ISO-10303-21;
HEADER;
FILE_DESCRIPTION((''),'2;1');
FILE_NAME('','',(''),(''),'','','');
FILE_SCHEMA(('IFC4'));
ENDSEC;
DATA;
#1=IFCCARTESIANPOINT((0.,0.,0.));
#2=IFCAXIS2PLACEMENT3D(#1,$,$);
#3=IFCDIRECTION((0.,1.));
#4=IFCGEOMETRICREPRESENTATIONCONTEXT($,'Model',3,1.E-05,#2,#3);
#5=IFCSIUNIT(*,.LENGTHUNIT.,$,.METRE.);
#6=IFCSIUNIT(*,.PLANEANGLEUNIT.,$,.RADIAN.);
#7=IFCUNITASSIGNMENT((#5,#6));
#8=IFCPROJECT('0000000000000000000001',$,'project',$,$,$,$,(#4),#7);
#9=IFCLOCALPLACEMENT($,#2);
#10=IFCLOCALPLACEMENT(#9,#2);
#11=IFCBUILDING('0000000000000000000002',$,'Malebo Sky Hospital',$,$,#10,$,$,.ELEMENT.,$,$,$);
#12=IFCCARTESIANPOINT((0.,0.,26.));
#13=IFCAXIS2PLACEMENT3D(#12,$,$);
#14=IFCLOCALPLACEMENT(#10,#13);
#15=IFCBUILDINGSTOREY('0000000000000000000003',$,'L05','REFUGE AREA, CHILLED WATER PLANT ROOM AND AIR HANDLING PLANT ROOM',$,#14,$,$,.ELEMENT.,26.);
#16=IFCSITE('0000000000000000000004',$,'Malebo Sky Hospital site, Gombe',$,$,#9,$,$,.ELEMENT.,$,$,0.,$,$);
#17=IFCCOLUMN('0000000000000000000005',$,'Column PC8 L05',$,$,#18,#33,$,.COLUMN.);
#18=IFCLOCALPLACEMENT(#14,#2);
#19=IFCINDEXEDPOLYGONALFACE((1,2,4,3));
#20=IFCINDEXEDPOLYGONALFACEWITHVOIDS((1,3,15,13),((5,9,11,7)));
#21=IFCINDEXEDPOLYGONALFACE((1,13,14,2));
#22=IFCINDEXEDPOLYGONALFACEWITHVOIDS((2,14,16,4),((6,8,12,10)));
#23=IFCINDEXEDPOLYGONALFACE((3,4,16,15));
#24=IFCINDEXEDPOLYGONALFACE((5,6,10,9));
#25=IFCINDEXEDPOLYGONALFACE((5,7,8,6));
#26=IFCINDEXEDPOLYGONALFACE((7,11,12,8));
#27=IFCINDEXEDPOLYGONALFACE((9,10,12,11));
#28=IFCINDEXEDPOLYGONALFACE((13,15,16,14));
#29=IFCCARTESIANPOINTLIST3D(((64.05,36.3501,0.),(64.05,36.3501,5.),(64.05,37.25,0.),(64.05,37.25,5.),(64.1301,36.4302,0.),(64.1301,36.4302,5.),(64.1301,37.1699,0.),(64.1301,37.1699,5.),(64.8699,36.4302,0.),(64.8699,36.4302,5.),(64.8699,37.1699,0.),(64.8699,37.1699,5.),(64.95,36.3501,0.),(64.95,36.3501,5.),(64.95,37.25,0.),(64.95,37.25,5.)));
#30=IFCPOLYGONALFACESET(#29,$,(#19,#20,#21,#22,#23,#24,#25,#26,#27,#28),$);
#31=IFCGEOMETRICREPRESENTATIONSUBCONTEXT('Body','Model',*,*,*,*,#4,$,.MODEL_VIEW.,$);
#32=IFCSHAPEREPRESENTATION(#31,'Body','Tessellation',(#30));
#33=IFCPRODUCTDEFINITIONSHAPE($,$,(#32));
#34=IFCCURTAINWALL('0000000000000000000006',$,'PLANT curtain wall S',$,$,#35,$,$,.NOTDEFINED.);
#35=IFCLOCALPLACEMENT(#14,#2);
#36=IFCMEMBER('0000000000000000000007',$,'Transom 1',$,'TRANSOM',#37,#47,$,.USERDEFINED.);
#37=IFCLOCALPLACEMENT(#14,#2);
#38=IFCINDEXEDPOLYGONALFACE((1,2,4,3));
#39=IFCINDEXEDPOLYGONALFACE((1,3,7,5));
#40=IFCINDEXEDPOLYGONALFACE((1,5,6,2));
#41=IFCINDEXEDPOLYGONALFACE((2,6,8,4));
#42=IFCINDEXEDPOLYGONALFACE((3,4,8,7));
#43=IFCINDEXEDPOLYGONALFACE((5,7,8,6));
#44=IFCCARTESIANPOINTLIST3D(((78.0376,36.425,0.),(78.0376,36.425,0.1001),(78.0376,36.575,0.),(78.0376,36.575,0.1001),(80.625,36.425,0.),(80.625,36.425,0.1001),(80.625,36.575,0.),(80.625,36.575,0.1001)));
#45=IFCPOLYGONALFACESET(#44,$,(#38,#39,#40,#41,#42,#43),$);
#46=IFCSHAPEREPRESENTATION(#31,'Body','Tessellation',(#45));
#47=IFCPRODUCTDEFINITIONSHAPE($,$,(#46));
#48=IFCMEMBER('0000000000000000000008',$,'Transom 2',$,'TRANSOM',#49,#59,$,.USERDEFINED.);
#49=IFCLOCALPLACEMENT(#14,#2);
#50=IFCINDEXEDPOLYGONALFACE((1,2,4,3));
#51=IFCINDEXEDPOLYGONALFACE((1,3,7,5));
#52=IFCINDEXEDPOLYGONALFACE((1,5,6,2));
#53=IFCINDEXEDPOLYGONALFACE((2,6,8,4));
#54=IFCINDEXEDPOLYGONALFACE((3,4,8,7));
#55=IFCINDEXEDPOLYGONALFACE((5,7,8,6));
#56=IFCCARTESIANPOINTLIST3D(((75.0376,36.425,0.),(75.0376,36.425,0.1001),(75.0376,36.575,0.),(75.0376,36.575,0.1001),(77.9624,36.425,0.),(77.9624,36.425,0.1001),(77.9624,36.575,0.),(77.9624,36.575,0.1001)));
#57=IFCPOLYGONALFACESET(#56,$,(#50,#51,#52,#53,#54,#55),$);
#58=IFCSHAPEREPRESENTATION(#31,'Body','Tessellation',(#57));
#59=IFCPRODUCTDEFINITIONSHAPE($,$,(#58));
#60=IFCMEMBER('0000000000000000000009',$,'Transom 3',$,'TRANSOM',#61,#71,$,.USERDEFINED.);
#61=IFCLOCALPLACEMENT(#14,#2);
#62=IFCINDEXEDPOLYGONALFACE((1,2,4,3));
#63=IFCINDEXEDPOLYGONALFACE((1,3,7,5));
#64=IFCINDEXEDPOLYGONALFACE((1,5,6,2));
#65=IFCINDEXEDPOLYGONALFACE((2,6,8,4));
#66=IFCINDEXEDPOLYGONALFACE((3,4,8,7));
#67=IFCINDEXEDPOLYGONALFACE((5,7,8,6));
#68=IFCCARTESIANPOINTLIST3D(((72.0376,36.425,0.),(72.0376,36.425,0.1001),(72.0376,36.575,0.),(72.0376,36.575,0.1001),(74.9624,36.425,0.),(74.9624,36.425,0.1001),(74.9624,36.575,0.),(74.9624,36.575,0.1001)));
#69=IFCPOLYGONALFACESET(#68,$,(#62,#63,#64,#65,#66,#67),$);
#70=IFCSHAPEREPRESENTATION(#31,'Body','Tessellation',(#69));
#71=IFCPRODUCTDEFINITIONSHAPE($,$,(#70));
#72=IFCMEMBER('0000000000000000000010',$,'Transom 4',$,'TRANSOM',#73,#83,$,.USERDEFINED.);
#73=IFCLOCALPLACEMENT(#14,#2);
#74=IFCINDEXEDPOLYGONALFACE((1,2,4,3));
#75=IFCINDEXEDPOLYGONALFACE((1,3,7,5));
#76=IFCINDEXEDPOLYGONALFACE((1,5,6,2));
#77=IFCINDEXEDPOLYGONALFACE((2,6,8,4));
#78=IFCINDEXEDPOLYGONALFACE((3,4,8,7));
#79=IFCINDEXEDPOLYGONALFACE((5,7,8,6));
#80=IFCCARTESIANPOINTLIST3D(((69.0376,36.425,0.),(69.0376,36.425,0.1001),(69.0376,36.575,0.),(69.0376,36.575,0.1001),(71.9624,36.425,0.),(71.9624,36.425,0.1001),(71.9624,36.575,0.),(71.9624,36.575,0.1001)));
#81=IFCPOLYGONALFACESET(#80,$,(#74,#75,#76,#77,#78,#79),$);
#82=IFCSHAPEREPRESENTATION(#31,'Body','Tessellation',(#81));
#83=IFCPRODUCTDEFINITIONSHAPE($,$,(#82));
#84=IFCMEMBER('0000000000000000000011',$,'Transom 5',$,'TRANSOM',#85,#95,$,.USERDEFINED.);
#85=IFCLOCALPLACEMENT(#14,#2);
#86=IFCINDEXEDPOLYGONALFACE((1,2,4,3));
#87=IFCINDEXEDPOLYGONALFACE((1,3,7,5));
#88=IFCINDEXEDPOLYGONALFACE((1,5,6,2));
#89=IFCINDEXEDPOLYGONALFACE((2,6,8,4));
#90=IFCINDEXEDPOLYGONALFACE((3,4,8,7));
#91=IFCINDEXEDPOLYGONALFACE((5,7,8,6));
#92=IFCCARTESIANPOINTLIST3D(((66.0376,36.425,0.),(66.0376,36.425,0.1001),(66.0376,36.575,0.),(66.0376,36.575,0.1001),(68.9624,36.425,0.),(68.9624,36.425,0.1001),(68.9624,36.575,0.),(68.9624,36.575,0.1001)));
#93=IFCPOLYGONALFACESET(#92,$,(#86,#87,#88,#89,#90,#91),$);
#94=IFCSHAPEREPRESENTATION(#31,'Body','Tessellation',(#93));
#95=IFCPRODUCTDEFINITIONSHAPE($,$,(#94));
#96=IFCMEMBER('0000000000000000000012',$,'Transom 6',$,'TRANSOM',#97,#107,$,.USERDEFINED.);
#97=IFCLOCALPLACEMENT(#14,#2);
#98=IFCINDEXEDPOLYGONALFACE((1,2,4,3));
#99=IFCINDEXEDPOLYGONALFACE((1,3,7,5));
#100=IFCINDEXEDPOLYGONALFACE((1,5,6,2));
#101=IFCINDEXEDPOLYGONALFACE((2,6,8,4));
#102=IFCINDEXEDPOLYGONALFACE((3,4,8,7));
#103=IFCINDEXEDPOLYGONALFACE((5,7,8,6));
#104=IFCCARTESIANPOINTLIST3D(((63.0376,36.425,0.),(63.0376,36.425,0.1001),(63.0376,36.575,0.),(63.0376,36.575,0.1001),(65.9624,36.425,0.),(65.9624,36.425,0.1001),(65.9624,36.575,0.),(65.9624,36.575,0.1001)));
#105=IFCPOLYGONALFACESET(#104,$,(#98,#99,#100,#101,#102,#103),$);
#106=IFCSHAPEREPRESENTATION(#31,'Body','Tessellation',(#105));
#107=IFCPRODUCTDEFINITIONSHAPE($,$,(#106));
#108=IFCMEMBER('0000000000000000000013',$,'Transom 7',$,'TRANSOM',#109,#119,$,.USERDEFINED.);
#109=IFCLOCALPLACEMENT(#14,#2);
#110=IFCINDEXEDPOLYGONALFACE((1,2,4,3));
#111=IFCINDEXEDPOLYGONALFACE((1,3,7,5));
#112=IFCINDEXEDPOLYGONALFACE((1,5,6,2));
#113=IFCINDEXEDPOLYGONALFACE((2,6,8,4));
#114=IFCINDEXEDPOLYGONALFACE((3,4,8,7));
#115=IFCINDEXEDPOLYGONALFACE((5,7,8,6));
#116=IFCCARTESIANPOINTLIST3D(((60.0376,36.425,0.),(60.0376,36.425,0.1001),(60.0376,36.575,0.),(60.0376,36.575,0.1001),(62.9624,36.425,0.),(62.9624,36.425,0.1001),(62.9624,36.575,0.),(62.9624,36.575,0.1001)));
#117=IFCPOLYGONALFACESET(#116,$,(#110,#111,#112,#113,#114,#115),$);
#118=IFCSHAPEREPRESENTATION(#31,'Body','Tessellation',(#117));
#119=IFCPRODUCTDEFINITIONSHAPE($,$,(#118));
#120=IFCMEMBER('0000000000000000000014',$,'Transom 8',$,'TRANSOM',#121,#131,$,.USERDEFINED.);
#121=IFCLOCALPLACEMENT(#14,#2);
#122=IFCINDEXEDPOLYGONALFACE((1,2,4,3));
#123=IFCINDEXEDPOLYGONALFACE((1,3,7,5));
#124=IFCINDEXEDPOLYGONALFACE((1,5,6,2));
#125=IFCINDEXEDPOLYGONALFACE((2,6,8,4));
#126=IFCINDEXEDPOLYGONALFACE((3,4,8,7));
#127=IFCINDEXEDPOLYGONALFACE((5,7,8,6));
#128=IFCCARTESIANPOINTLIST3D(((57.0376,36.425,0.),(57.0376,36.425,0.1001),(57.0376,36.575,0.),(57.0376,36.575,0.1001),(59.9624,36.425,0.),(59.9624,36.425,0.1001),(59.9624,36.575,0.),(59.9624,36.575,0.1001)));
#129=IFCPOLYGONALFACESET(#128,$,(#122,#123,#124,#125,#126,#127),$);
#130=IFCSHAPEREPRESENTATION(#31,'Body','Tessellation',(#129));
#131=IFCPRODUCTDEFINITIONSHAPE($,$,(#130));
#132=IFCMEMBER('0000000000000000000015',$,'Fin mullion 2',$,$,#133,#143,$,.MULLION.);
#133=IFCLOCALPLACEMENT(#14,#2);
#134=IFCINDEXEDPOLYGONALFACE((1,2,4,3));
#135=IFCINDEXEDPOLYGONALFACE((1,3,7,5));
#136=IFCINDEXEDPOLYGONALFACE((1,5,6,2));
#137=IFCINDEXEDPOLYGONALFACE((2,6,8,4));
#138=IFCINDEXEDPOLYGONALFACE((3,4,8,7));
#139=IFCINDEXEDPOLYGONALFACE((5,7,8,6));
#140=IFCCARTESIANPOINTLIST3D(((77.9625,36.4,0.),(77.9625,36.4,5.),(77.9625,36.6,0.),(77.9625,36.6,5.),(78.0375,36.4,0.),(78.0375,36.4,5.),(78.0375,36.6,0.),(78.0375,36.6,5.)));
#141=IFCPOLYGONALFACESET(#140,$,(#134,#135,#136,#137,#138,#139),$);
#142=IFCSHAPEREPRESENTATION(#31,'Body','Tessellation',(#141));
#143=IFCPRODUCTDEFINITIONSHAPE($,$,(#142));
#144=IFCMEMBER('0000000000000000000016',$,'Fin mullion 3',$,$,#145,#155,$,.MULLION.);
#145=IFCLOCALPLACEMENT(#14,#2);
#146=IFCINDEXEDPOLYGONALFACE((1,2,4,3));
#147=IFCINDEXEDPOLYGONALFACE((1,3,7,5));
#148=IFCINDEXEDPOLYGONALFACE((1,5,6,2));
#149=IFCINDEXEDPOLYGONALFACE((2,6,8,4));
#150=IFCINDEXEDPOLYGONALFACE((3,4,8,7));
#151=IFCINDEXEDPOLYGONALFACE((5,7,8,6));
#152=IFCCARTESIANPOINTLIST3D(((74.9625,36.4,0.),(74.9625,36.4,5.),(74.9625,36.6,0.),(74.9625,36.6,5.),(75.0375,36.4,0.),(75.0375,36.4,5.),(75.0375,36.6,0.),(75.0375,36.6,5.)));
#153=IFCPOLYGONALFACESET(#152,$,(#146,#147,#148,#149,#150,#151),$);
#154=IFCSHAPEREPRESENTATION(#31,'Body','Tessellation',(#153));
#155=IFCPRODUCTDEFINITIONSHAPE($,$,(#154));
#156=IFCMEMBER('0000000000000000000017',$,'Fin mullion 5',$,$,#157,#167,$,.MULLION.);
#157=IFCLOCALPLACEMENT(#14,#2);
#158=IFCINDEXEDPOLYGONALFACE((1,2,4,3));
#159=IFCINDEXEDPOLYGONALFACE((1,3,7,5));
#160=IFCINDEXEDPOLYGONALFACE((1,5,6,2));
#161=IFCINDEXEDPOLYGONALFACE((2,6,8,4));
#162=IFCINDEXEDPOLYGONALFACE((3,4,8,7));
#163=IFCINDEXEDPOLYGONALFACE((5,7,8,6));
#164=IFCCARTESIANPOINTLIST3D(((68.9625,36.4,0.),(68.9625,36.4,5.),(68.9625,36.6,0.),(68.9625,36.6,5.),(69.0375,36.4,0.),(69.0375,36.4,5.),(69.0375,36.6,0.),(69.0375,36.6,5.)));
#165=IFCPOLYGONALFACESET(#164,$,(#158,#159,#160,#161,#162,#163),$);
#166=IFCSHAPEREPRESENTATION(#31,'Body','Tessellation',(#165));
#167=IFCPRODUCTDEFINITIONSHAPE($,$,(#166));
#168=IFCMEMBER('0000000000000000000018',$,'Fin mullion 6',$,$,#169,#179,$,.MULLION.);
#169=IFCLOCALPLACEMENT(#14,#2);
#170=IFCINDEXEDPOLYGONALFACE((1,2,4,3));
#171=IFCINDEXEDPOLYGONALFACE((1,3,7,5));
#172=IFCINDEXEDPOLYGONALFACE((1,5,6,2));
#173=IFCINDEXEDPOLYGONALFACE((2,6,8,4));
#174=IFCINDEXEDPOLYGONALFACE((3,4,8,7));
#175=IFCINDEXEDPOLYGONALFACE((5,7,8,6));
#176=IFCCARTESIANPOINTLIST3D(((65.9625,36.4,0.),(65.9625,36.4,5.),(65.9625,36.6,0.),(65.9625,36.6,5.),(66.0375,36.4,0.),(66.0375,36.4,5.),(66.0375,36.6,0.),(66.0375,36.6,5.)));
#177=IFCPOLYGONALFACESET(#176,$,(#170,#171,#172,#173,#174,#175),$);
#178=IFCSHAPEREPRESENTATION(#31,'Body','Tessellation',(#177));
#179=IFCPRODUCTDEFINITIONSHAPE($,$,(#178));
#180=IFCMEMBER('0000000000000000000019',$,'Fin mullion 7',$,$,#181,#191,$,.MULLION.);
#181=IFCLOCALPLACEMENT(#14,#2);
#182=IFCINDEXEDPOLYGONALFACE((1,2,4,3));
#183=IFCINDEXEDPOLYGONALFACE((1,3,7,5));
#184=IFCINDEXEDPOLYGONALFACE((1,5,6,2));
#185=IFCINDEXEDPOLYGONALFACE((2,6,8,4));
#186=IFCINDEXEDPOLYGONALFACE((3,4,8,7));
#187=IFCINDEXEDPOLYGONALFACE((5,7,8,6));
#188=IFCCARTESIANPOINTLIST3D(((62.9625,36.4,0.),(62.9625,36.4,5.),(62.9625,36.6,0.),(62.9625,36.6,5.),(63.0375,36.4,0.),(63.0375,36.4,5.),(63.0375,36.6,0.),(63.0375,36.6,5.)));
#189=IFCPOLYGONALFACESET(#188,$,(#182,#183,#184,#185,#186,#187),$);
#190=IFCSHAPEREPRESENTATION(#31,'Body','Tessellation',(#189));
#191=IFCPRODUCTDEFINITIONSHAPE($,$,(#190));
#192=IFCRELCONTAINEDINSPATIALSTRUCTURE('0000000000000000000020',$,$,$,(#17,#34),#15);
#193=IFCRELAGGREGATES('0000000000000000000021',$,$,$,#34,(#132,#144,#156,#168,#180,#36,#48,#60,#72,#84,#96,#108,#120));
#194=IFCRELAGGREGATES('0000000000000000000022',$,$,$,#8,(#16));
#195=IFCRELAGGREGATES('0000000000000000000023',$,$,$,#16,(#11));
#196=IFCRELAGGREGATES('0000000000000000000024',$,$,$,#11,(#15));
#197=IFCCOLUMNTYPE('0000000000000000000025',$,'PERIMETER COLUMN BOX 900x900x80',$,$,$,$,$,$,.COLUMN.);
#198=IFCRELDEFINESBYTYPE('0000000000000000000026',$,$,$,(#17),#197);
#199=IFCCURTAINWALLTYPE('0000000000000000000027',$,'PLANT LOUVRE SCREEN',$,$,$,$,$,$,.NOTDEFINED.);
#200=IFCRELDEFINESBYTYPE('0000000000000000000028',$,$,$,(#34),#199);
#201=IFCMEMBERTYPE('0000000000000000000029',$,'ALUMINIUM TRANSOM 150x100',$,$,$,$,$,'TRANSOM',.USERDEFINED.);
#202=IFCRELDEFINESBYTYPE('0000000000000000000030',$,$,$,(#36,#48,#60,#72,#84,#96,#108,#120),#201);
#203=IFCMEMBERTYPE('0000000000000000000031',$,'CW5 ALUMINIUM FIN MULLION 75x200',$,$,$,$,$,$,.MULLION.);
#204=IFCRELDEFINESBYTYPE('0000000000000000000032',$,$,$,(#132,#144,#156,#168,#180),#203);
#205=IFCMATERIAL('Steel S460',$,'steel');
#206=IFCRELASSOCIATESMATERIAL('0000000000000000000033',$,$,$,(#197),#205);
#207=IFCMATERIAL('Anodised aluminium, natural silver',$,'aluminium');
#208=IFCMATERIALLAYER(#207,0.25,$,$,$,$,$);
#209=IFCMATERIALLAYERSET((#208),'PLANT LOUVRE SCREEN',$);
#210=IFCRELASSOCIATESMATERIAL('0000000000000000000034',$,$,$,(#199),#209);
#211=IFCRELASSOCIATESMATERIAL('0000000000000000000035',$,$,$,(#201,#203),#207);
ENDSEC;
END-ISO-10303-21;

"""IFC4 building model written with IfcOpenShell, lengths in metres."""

from ifc_helpers import new_model, si_unit, direction, frame, origin, origin_2d, place, context, subcontext, project, spatial, rectangle, hollow_rectangle, extrude, material, layer, layer_set, material_profile, profile_set, type_object, element, aggregate, save


model = new_model("IFC4")

# Units and contexts
model_context = context("Model", 3, precision=1e-05, world=origin(), true_north=direction((0.0, 1.0)))
body_context = subcontext(model_context, "Body", "Model", "MODEL_VIEW")
ifc_project = project(units=[si_unit("LENGTHUNIT", "METRE"), si_unit("PLANEANGLEUNIT", "RADIAN")], contexts=[model_context])

# Site, building, storey
site_placement = place(None, origin())
site = spatial("IfcSite", under=ifc_project, at=site_placement, Name="Malebo Sky Hospital site, Gombe", CompositionType="ELEMENT", RefElevation=0.0)
building_placement = place(site_placement, origin())
building = spatial("IfcBuilding", under=site, at=building_placement, Name="Malebo Sky Hospital", CompositionType="ELEMENT")
storey_placement = place(building_placement, frame((0.0, 0.0, 26.0)))
storey = spatial("IfcBuildingStorey", under=building, at=storey_placement, Name="L05", Description="REFUGE AREA, CHILLED WATER PLANT ROOM AND AIR HANDLING PLANT ROOM", CompositionType="ELEMENT", Elevation=26.0)

# Column
ifc_material_1 = material(Name="Steel S460", Category="steel")
ifc_material_profile_1 = material_profile(ifc_material_1, hollow_rectangle(XDim=0.8999, YDim=0.8999, WallThickness=0.0801, at=origin_2d()), Name="BOX 900x900x80")
ifc_profile_set_1 = profile_set([ifc_material_profile_1], Name="Steel S460")
column_type = type_object("IfcColumnType", Name="PERIMETER COLUMN BOX 900x900x80", PredefinedType="COLUMN", material=ifc_profile_set_1)
column_placement = place(storey_placement, frame((64.5, 36.8, 0.0), z_axis=(0.0, 0.0, 1.0), x_axis=(1.0, 0.0, 0.0)))
element("IfcColumn", 1, at=column_placement, inside=storey, type_object=column_type, Name="Column PC8 L05", PredefinedType="COLUMN", context=body_context, shape_type="SweptSolid", body=[
    extrude(hollow_rectangle(XDim=0.8999, YDim=0.8999, WallThickness=0.0801, at=origin_2d()), origin(), (0.0, 0.0, 1.0), 5.0),
])

# Curtain wall, members
ifc_material_2 = material(Name="Anodised aluminium, natural silver", Category="aluminium")
ifc_layer_1 = layer(ifc_material_2, 0.25)
ifc_layer_set_1 = layer_set([ifc_layer_1], Name="PLANT LOUVRE SCREEN")
curtain_wall_type = type_object("IfcCurtainWallType", Name="PLANT LOUVRE SCREEN", PredefinedType="NOTDEFINED", material=ifc_layer_set_1)
curtain_wall_placement = place(storey_placement, origin())
curtain_wall = element("IfcCurtainWall", 2, at=curtain_wall_placement, inside=storey, type_object=curtain_wall_type, Name="PLANT curtain wall S", PredefinedType="NOTDEFINED")
ifc_material_profile_2 = material_profile(ifc_material_2, rectangle(XDim=0.1499, YDim=0.1001, at=origin_2d()), Name="ALUMINIUM TRANSOM 150x100")
ifc_profile_set_2 = profile_set([ifc_material_profile_2], Name="Anodised aluminium, natural silver")
member_type_1 = type_object("IfcMemberType", Name="ALUMINIUM TRANSOM 150x100", ElementType="TRANSOM", PredefinedType="USERDEFINED", material=ifc_profile_set_2)
member_1_placement = place(storey_placement, frame((80.625, 36.5, 0.05), z_axis=(-1.0, 0.0, 0.0), x_axis=(0.0, -1.0, 0.0)))
member_1 = element("IfcMember", 3, at=member_1_placement, type_object=member_type_1, Name="Transom 1", ObjectType="TRANSOM", PredefinedType="USERDEFINED", context=body_context, shape_type="SweptSolid", body=[
    extrude(rectangle(XDim=0.1499, YDim=0.1001, at=origin_2d()), origin(), (0.0, 0.0, 1.0), 2.5874),
])
member_2_placement = place(storey_placement, frame((77.9624, 36.5, 0.05), z_axis=(-1.0, 0.0, 0.0), x_axis=(0.0, -1.0, 0.0)))
member_2 = element("IfcMember", 4, at=member_2_placement, type_object=member_type_1, Name="Transom 2", ObjectType="TRANSOM", PredefinedType="USERDEFINED", context=body_context, shape_type="SweptSolid", body=[
    extrude(rectangle(XDim=0.1499, YDim=0.1001, at=origin_2d()), origin(), (0.0, 0.0, 1.0), 2.9248),
])
member_3_placement = place(storey_placement, frame((74.9624, 36.5, 0.05), z_axis=(-1.0, 0.0, 0.0), x_axis=(0.0, -1.0, 0.0)))
member_3 = element("IfcMember", 5, at=member_3_placement, type_object=member_type_1, Name="Transom 3", ObjectType="TRANSOM", PredefinedType="USERDEFINED", context=body_context, shape_type="SweptSolid", body=[
    extrude(rectangle(XDim=0.1499, YDim=0.1001, at=origin_2d()), origin(), (0.0, 0.0, 1.0), 2.9248),
])
member_4_placement = place(storey_placement, frame((71.9624, 36.5, 0.05), z_axis=(-1.0, 0.0, 0.0), x_axis=(0.0, -1.0, 0.0)))
member_4 = element("IfcMember", 6, at=member_4_placement, type_object=member_type_1, Name="Transom 4", ObjectType="TRANSOM", PredefinedType="USERDEFINED", context=body_context, shape_type="SweptSolid", body=[
    extrude(rectangle(XDim=0.1499, YDim=0.1001, at=origin_2d()), origin(), (0.0, 0.0, 1.0), 2.9248),
])
member_5_placement = place(storey_placement, frame((68.9624, 36.5, 0.05), z_axis=(-1.0, 0.0, 0.0), x_axis=(0.0, -1.0, 0.0)))
member_5 = element("IfcMember", 7, at=member_5_placement, type_object=member_type_1, Name="Transom 5", ObjectType="TRANSOM", PredefinedType="USERDEFINED", context=body_context, shape_type="SweptSolid", body=[
    extrude(rectangle(XDim=0.1499, YDim=0.1001, at=origin_2d()), origin(), (0.0, 0.0, 1.0), 2.9248),
])
member_6_placement = place(storey_placement, frame((65.9624, 36.5, 0.05), z_axis=(-1.0, 0.0, 0.0), x_axis=(0.0, -1.0, 0.0)))
member_6 = element("IfcMember", 8, at=member_6_placement, type_object=member_type_1, Name="Transom 6", ObjectType="TRANSOM", PredefinedType="USERDEFINED", context=body_context, shape_type="SweptSolid", body=[
    extrude(rectangle(XDim=0.1499, YDim=0.1001, at=origin_2d()), origin(), (0.0, 0.0, 1.0), 2.9248),
])
member_7_placement = place(storey_placement, frame((62.9624, 36.5, 0.05), z_axis=(-1.0, 0.0, 0.0), x_axis=(0.0, -1.0, 0.0)))
member_7 = element("IfcMember", 9, at=member_7_placement, type_object=member_type_1, Name="Transom 7", ObjectType="TRANSOM", PredefinedType="USERDEFINED", context=body_context, shape_type="SweptSolid", body=[
    extrude(rectangle(XDim=0.1499, YDim=0.1001, at=origin_2d()), origin(), (0.0, 0.0, 1.0), 2.9248),
])
member_8_placement = place(storey_placement, frame((59.9624, 36.5, 0.05), z_axis=(-1.0, 0.0, 0.0), x_axis=(0.0, -1.0, 0.0)))
member_8 = element("IfcMember", 10, at=member_8_placement, type_object=member_type_1, Name="Transom 8", ObjectType="TRANSOM", PredefinedType="USERDEFINED", context=body_context, shape_type="SweptSolid", body=[
    extrude(rectangle(XDim=0.1499, YDim=0.1001, at=origin_2d()), origin(), (0.0, 0.0, 1.0), 2.9248),
])
ifc_material_profile_3 = material_profile(ifc_material_2, rectangle(XDim=0.075, YDim=0.2, at=origin_2d()), Name="CW5 ALUMINIUM FIN MULLION 75x200")
ifc_profile_set_3 = profile_set([ifc_material_profile_3], Name="Anodised aluminium, natural silver")
member_type_2 = type_object("IfcMemberType", Name="CW5 ALUMINIUM FIN MULLION 75x200", PredefinedType="MULLION", material=ifc_profile_set_3)
member_9_placement = place(storey_placement, frame((78.0, 36.5, 0.0), z_axis=(0.0, 0.0, 1.0), x_axis=(-1.0, 0.0, 0.0)))
member_9 = element("IfcMember", 11, at=member_9_placement, type_object=member_type_2, Name="Fin mullion 2", PredefinedType="MULLION", context=body_context, shape_type="SweptSolid", body=[
    extrude(rectangle(XDim=0.075, YDim=0.2, at=origin_2d()), origin(), (0.0, 0.0, 1.0), 5.0),
])
member_10_placement = place(storey_placement, frame((75.0, 36.5, 0.0), z_axis=(0.0, 0.0, 1.0), x_axis=(-1.0, 0.0, 0.0)))
member_10 = element("IfcMember", 12, at=member_10_placement, type_object=member_type_2, Name="Fin mullion 3", PredefinedType="MULLION", context=body_context, shape_type="SweptSolid", body=[
    extrude(rectangle(XDim=0.075, YDim=0.2, at=origin_2d()), origin(), (0.0, 0.0, 1.0), 5.0),
])
member_11_placement = place(storey_placement, frame((69.0, 36.5, 0.0), z_axis=(0.0, 0.0, 1.0), x_axis=(-1.0, 0.0, 0.0)))
member_11 = element("IfcMember", 13, at=member_11_placement, type_object=member_type_2, Name="Fin mullion 5", PredefinedType="MULLION", context=body_context, shape_type="SweptSolid", body=[
    extrude(rectangle(XDim=0.075, YDim=0.2, at=origin_2d()), origin(), (0.0, 0.0, 1.0), 5.0),
])
member_12_placement = place(storey_placement, frame((66.0, 36.5, 0.0), z_axis=(0.0, 0.0, 1.0), x_axis=(-1.0, 0.0, 0.0)))
member_12 = element("IfcMember", 14, at=member_12_placement, type_object=member_type_2, Name="Fin mullion 6", PredefinedType="MULLION", context=body_context, shape_type="SweptSolid", body=[
    extrude(rectangle(XDim=0.075, YDim=0.2, at=origin_2d()), origin(), (0.0, 0.0, 1.0), 5.0),
])
member_13_placement = place(storey_placement, frame((63.0, 36.5, 0.0), z_axis=(0.0, 0.0, 1.0), x_axis=(-1.0, 0.0, 0.0)))
member_13 = element("IfcMember", 15, at=member_13_placement, type_object=member_type_2, Name="Fin mullion 7", PredefinedType="MULLION", context=body_context, shape_type="SweptSolid", body=[
    extrude(rectangle(XDim=0.075, YDim=0.2, at=origin_2d()), origin(), (0.0, 0.0, 1.0), 5.0),
])

aggregate(curtain_wall, [member_9, member_10, member_11, member_12, member_13, member_1, member_2, member_3, member_4, member_5, member_6, member_7, member_8])

save(model, "model.ifc")
